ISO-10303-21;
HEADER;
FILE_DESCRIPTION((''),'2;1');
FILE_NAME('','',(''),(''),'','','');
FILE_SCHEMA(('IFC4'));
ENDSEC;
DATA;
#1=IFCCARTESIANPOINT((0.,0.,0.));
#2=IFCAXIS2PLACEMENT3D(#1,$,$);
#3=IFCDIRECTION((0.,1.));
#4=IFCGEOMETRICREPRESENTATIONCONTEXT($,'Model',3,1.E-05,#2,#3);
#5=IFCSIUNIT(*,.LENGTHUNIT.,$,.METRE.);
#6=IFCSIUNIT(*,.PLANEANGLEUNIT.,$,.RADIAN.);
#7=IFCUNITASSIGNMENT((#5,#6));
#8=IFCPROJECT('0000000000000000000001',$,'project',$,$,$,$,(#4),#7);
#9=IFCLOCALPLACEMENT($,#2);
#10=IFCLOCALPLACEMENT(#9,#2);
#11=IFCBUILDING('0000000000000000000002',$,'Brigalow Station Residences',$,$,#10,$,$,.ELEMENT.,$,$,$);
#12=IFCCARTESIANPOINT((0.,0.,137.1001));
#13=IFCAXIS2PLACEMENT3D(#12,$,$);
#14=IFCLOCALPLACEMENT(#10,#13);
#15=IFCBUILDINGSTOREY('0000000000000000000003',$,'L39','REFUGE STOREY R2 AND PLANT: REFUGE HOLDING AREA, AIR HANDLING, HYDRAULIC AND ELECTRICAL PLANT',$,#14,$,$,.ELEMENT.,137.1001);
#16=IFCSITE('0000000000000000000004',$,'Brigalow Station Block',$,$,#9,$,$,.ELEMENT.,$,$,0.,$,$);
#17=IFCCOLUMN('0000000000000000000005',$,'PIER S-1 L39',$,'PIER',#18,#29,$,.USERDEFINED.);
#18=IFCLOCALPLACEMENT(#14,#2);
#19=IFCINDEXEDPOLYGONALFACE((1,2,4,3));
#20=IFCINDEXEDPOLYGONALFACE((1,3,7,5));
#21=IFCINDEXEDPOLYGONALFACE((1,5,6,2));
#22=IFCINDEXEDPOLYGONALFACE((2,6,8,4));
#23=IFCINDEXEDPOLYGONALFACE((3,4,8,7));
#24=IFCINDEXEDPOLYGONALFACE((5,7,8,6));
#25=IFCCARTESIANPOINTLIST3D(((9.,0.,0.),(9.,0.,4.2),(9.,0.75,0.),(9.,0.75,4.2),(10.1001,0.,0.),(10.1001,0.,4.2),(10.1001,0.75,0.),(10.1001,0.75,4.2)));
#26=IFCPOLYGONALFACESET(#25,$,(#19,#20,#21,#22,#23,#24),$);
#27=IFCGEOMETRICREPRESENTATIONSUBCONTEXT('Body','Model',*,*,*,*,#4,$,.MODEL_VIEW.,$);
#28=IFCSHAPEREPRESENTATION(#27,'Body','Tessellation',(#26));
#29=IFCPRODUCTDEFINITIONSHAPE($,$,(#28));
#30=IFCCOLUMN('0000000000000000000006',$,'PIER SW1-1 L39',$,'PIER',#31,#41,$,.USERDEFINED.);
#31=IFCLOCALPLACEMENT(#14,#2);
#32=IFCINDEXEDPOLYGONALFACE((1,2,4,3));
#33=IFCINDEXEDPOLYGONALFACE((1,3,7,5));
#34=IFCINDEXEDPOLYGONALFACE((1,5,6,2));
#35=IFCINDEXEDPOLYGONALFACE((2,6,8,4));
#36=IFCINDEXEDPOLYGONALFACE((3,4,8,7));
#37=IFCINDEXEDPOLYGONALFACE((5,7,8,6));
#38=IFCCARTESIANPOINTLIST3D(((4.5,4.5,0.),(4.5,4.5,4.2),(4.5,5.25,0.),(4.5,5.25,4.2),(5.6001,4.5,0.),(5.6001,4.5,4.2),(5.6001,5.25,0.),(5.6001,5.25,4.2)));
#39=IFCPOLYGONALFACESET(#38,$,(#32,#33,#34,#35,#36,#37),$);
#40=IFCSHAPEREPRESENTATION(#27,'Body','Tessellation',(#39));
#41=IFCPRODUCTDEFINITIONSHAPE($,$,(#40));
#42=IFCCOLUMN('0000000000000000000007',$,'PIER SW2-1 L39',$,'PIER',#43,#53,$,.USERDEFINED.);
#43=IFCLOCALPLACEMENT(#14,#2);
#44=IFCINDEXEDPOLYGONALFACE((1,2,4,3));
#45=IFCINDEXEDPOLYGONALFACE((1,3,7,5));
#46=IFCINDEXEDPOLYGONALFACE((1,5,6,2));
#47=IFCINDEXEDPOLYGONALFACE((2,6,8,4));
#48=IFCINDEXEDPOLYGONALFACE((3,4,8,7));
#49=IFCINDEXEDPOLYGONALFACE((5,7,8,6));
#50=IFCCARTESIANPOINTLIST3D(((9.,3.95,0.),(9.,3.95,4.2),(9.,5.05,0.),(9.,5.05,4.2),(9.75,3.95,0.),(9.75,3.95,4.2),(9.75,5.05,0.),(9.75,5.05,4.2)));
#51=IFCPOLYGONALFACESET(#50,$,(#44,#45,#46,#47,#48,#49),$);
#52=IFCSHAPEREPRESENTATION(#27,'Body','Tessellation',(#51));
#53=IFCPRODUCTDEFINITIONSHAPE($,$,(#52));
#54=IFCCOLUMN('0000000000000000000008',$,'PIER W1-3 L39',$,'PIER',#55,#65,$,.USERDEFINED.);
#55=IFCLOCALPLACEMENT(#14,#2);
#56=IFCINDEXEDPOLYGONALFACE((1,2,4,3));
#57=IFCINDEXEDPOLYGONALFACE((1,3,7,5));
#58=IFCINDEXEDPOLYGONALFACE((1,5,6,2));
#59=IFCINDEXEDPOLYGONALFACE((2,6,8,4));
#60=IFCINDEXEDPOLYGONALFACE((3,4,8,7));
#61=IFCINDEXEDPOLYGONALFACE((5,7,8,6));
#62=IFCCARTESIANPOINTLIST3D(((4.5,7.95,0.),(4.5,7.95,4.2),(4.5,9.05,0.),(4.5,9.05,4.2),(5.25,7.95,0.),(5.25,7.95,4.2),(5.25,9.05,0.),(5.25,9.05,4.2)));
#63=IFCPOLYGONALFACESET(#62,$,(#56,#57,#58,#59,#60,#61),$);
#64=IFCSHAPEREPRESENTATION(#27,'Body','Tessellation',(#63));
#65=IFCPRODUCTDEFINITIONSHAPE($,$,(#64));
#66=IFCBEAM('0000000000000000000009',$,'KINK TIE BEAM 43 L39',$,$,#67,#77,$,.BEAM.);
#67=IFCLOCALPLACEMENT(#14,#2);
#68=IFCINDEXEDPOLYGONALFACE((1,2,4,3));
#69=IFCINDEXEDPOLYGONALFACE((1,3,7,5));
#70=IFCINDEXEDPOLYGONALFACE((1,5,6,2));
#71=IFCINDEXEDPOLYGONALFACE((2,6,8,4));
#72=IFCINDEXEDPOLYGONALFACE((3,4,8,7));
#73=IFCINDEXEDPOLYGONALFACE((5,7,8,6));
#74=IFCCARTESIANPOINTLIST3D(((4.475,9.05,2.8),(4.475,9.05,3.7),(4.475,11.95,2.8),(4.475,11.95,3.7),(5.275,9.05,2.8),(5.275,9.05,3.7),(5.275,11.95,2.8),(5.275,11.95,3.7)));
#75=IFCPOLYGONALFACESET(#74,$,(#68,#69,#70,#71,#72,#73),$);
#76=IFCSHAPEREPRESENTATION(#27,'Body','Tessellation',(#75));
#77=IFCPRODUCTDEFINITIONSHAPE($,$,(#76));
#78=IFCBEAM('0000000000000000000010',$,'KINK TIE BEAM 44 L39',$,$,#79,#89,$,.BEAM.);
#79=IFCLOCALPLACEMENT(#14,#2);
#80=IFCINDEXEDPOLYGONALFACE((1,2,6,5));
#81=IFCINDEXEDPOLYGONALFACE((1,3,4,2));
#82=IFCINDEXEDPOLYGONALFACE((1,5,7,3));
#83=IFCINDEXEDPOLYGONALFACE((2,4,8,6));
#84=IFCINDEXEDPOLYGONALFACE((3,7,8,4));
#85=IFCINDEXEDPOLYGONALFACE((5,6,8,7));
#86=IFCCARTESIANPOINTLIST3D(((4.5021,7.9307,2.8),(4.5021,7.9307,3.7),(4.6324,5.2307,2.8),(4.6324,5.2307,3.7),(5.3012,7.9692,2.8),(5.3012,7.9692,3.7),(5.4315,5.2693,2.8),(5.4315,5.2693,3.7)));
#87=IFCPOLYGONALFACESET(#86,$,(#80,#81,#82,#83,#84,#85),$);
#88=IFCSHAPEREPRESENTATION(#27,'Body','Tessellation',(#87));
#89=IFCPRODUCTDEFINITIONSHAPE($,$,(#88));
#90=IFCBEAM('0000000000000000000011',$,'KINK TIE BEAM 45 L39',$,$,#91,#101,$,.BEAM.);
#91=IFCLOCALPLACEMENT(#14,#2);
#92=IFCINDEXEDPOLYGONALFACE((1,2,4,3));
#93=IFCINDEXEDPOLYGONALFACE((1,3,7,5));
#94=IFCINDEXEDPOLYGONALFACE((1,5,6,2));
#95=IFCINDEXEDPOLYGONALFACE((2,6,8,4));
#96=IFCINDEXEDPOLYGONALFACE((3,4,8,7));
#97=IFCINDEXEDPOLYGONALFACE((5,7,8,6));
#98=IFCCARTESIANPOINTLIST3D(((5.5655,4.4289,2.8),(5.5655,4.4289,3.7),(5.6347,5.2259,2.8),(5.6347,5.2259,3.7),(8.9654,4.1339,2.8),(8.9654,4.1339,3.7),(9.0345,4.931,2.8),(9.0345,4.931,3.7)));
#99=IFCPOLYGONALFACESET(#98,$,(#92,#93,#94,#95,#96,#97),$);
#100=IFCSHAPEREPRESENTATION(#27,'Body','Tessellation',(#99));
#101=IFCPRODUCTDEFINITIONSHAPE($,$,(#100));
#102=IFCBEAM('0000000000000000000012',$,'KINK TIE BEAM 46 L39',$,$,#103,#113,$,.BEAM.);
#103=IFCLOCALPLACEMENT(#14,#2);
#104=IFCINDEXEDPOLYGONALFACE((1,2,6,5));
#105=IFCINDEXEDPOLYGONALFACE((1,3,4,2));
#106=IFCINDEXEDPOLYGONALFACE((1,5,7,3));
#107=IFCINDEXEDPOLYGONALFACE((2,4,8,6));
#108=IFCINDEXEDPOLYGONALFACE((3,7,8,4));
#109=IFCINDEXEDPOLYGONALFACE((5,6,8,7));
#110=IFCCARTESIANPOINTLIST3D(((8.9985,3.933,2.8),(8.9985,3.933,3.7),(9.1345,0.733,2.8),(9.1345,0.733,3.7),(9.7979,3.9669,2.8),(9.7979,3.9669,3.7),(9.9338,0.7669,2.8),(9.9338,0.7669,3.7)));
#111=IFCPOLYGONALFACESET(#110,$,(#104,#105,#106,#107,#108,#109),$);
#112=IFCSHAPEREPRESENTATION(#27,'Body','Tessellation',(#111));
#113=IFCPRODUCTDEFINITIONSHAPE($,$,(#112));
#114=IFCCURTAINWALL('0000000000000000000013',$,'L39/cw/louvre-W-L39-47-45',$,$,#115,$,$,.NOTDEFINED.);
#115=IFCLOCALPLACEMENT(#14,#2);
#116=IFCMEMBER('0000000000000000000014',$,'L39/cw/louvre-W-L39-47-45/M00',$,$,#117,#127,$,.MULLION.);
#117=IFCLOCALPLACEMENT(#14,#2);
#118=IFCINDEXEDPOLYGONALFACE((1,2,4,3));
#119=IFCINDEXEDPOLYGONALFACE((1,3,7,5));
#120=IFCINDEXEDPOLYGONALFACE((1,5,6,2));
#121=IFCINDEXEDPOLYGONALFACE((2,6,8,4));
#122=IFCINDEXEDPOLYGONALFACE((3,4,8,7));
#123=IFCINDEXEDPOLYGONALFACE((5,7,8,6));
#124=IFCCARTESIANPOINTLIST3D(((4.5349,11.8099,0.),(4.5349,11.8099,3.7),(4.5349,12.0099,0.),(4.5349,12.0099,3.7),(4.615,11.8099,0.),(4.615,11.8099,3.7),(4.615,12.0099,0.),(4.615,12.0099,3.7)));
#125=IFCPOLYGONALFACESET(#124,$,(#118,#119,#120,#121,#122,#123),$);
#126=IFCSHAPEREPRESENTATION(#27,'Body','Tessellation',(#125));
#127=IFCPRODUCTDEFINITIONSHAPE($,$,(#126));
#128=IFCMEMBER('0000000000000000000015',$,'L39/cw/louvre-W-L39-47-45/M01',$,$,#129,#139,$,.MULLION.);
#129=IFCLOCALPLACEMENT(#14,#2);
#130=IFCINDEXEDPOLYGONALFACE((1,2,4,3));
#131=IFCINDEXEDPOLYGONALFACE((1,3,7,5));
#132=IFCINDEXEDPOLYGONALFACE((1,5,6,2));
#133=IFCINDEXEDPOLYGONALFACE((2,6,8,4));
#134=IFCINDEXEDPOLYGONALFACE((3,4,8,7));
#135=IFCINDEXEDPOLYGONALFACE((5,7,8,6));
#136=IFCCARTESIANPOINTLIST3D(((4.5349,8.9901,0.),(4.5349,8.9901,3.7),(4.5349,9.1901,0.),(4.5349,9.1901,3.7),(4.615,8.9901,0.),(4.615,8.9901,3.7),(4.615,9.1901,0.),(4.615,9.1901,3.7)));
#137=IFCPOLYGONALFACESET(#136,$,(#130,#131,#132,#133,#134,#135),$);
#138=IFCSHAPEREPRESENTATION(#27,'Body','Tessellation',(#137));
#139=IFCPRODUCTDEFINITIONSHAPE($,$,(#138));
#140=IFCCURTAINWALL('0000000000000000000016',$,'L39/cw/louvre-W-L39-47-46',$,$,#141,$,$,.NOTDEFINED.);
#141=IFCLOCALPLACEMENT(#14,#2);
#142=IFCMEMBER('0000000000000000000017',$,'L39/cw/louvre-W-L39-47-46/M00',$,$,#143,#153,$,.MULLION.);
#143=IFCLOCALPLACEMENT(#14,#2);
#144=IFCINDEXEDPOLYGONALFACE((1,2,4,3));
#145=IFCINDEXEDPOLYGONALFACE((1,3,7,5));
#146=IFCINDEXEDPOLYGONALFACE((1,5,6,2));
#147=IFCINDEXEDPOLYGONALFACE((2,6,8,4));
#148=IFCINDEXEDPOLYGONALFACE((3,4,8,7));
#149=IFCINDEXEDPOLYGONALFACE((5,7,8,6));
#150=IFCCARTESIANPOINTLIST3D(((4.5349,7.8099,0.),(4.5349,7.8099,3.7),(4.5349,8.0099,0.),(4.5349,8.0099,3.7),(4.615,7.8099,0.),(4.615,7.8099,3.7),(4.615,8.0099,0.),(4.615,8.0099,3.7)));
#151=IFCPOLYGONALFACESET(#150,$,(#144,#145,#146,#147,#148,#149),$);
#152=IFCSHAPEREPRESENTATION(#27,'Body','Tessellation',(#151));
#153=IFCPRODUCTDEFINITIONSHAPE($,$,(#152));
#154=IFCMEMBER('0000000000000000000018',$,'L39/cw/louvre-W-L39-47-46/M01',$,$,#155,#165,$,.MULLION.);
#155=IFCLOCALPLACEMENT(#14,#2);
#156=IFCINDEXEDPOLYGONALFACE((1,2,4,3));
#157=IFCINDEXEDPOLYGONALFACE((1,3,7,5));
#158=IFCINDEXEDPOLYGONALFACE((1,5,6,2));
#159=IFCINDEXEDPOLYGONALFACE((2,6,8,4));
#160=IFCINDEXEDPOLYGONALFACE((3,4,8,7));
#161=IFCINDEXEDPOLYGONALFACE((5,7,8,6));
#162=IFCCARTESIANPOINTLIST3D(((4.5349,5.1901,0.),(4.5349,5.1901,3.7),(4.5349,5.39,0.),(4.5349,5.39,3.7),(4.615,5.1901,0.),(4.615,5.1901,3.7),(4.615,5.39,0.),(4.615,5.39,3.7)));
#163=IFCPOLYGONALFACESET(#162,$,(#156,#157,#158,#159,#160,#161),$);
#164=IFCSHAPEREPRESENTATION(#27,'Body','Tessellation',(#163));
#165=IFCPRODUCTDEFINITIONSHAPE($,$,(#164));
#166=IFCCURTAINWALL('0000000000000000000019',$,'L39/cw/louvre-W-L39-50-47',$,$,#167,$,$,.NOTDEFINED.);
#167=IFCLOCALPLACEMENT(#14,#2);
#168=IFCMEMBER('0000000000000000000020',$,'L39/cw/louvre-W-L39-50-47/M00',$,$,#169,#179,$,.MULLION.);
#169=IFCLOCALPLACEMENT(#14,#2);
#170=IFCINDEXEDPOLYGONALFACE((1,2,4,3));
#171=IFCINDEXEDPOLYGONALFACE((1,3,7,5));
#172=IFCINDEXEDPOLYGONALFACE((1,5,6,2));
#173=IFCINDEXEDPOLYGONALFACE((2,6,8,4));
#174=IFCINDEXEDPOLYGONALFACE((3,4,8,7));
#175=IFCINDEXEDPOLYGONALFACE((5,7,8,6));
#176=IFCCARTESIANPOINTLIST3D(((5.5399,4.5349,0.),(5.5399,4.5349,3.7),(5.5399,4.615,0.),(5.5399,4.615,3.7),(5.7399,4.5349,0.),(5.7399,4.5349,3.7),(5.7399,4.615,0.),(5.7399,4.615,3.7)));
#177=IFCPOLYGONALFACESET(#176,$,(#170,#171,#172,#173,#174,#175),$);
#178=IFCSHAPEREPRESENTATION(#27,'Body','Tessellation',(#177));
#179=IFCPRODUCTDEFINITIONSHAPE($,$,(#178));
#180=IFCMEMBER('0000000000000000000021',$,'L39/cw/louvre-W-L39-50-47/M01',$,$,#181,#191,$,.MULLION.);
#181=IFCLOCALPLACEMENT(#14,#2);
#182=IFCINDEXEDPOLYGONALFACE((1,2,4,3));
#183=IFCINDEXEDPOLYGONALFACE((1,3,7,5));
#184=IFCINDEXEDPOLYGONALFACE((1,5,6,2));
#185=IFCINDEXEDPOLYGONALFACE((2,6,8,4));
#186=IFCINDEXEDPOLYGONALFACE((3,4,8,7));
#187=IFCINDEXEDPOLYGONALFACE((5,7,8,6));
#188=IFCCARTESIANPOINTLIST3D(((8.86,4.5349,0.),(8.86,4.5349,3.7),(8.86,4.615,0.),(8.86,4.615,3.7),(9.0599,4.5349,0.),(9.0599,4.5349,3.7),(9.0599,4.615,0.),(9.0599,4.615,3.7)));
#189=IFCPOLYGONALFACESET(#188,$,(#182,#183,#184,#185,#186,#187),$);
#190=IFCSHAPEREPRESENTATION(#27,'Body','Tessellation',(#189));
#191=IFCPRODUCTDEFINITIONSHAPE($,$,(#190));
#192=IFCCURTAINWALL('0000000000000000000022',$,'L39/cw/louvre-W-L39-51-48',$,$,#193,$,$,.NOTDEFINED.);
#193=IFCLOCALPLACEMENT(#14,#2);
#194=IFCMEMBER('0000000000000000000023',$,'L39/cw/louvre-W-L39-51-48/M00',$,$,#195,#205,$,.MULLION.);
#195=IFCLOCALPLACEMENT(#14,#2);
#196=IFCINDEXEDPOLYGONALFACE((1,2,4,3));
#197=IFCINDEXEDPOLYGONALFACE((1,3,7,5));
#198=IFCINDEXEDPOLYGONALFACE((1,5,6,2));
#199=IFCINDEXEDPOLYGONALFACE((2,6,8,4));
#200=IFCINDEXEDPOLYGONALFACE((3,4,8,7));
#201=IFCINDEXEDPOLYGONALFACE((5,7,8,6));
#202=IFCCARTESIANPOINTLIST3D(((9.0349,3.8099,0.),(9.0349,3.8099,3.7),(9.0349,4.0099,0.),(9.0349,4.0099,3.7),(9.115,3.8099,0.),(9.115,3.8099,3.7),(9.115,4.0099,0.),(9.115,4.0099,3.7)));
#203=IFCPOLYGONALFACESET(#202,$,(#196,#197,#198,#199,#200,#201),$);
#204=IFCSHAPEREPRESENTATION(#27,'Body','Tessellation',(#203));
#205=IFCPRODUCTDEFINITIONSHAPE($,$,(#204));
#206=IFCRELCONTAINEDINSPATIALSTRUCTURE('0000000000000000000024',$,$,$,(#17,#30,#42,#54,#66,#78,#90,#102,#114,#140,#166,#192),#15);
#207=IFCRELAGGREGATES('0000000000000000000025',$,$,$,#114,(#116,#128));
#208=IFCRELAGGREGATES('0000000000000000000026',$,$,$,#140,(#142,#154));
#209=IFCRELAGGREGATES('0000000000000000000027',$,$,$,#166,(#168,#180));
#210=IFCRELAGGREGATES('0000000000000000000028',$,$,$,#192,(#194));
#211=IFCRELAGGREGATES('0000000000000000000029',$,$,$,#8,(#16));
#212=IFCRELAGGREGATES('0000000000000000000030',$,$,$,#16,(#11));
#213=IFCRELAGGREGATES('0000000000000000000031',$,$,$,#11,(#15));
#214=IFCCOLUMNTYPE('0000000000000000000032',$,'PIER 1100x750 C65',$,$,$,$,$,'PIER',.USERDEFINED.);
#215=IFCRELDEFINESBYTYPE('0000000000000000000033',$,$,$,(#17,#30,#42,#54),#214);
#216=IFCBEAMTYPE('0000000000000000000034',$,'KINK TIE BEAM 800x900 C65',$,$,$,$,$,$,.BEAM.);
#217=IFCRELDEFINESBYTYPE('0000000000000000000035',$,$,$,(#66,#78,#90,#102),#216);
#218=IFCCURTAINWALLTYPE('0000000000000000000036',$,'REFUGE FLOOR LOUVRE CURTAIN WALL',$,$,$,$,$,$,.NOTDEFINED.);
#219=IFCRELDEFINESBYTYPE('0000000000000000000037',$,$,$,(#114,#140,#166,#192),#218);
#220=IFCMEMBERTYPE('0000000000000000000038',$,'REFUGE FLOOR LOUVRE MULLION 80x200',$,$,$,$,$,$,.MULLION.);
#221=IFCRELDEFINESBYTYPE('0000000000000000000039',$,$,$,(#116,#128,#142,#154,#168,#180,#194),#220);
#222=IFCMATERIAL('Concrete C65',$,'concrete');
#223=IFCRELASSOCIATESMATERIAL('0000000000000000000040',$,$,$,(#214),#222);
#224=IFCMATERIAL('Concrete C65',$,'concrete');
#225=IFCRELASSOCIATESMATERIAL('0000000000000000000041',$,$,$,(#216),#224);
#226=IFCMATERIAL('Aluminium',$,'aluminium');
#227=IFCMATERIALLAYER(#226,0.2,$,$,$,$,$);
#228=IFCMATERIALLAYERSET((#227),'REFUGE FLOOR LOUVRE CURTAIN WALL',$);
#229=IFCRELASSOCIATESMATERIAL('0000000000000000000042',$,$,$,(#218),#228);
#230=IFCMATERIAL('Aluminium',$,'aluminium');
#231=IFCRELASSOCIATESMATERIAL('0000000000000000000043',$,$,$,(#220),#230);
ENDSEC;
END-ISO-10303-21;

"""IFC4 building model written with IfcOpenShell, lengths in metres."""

from ifc_helpers import new_model, si_unit, direction, frame, origin, origin_2d, place, context, subcontext, project, spatial, rectangle, extrude, material, layer, layer_set, material_profile, profile_set, type_object, element, aggregate, save


model = new_model("IFC4")

# Units and contexts
model_context = context("Model", 3, precision=1e-05, world=origin(), true_north=direction((0.0, 1.0)))
body_context = subcontext(model_context, "Body", "Model", "MODEL_VIEW")
ifc_project = project(units=[si_unit("LENGTHUNIT", "METRE"), si_unit("PLANEANGLEUNIT", "RADIAN")], contexts=[model_context])

# Site, building, storey
site_placement = place(None, origin())
site = spatial("IfcSite", under=ifc_project, at=site_placement, Name="Brigalow Station Block", CompositionType="ELEMENT", RefElevation=0.0)
building_placement = place(site_placement, origin())
building = spatial("IfcBuilding", under=site, at=building_placement, Name="Brigalow Station Residences", CompositionType="ELEMENT")
storey_placement = place(building_placement, frame((0.0, 0.0, 137.1001)))
storey = spatial("IfcBuildingStorey", under=building, at=storey_placement, Name="L39", Description="REFUGE STOREY R2 AND PLANT: REFUGE HOLDING AREA, AIR HANDLING, HYDRAULIC AND ELECTRICAL PLANT", CompositionType="ELEMENT", Elevation=137.1001)

# Columns
ifc_material_1 = material(Name="Concrete C65", Category="concrete")
ifc_material_profile_1 = material_profile(ifc_material_1, rectangle(XDim=1.1001, YDim=0.75, at=origin_2d()), Name="RC1100x750")
ifc_profile_set_1 = profile_set([ifc_material_profile_1], Name="Concrete C65")
column_type = type_object("IfcColumnType", Name="PIER 1100x750 C65", ElementType="PIER", PredefinedType="USERDEFINED", material=ifc_profile_set_1)
for number, where, z_axis, x_axis, name in (
    (1, (9.55, 0.375, 0.0), (0.0, 0.0, 1.0), (1.0, 0.0, 0.0), "PIER S-1 L39"),
    (2, (5.05, 4.875, 0.0), (0.0, 0.0, 1.0), (1.0, 0.0, 0.0), "PIER SW1-1 L39"),
    (3, (9.375, 4.5, 0.0), (0.0, 0.0, 1.0), (0.0, -1.0, 0.0), "PIER SW2-1 L39"),
    (4, (4.875, 8.5, 0.0), (0.0, 0.0, 1.0), (0.0, -1.0, 0.0), "PIER W1-3 L39"),
):
    element("IfcColumn", number, at=place(storey_placement, frame(where, z_axis=z_axis, x_axis=x_axis)), inside=storey, type_object=column_type, Name=name, ObjectType="PIER", PredefinedType="USERDEFINED", context=body_context, shape_type="SweptSolid", body=[
        extrude(rectangle(XDim=1.1001, YDim=0.75, at=origin_2d()), origin(), (0.0, 0.0, 1.0), 4.2),
    ])

# Beams
ifc_material_2 = material(Name="Concrete C65", Category="concrete")
ifc_material_profile_2 = material_profile(ifc_material_2, rectangle(XDim=0.8, YDim=0.8999, at=origin_2d()), Name="RC800x900")
ifc_profile_set_2 = profile_set([ifc_material_profile_2], Name="Concrete C65")
beam_type = type_object("IfcBeamType", Name="KINK TIE BEAM 800x900 C65", PredefinedType="BEAM", material=ifc_profile_set_2)
beam_1_placement = place(storey_placement, frame((4.875, 11.95, 3.25), z_axis=(0.0, -1.0, 0.0), x_axis=(1.0, 0.0, 0.0)))
element("IfcBeam", 5, at=beam_1_placement, inside=storey, type_object=beam_type, Name="KINK TIE BEAM 43 L39", PredefinedType="BEAM", context=body_context, shape_type="SweptSolid", body=[
    extrude(rectangle(XDim=0.8, YDim=0.8999, at=origin_2d()), origin(), (0.0, 0.0, 1.0), 2.8999),
])
beam_2_placement = place(storey_placement, frame((4.9016, 7.95, 3.25), z_axis=(0.04823, -0.998836, 0.0), x_axis=(0.998836, 0.04823, 0.0)))
element("IfcBeam", 6, at=beam_2_placement, inside=storey, type_object=beam_type, Name="KINK TIE BEAM 44 L39", PredefinedType="BEAM", context=body_context, shape_type="SweptSolid", body=[
    extrude(rectangle(XDim=0.8, YDim=0.8999, at=origin_2d()), origin(), (0.0, 0.0, 1.0), 2.7031),
])
beam_3_placement = place(storey_placement, frame((5.6001, 4.8274, 3.25), z_axis=(0.996259, -0.08642, 0.0), x_axis=(0.08642, 0.996259, 0.0)))
element("IfcBeam", 7, at=beam_3_placement, inside=storey, type_object=beam_type, Name="KINK TIE BEAM 45 L39", PredefinedType="BEAM", context=body_context, shape_type="SweptSolid", body=[
    extrude(rectangle(XDim=0.8, YDim=0.8999, at=origin_2d()), origin(), (0.0, 0.0, 1.0), 3.4126),
])
beam_4_placement = place(storey_placement, frame((9.3982, 3.95, 3.25), z_axis=(0.042458, -0.999098, 0.0), x_axis=(0.999098, 0.042458, 0.0)))
element("IfcBeam", 8, at=beam_4_placement, inside=storey, type_object=beam_type, Name="KINK TIE BEAM 46 L39", PredefinedType="BEAM", context=body_context, shape_type="SweptSolid", body=[
    extrude(rectangle(XDim=0.8, YDim=0.8999, at=origin_2d()), origin(), (0.0, 0.0, 1.0), 3.2029),
])

# Curtain walls, members
ifc_material_3 = material(Name="Aluminium", Category="aluminium")
ifc_layer_1 = layer(ifc_material_3, 0.2)
ifc_layer_set_1 = layer_set([ifc_layer_1], Name="REFUGE FLOOR LOUVRE CURTAIN WALL")
curtain_wall_type = type_object("IfcCurtainWallType", Name="REFUGE FLOOR LOUVRE CURTAIN WALL", PredefinedType="NOTDEFINED", material=ifc_layer_set_1)
curtain_wall_1_placement = place(storey_placement, origin())
curtain_wall_1 = element("IfcCurtainWall", 9, at=curtain_wall_1_placement, inside=storey, type_object=curtain_wall_type, Name="L39/cw/louvre-W-L39-47-45", PredefinedType="NOTDEFINED")
ifc_material_4 = material(Name="Aluminium", Category="aluminium")
ifc_material_profile_3 = material_profile(ifc_material_4, rectangle(XDim=0.0801, YDim=0.2, at=origin_2d()), Name="REFUGE FLOOR LOUVRE MULLION 80x200")
ifc_profile_set_3 = profile_set([ifc_material_profile_3], Name="Aluminium")
member_type_1 = type_object("IfcMemberType", Name="REFUGE FLOOR LOUVRE MULLION 80x200", PredefinedType="MULLION", material=ifc_profile_set_3)
member_1_placement = place(storey_placement, frame((4.575, 11.9099, 0.0), z_axis=(0.0, 0.0, 1.0), x_axis=(1.0, 0.0, 0.0)))
member_1 = element("IfcMember", 10, at=member_1_placement, type_object=member_type_1, Name="L39/cw/louvre-W-L39-47-45/M00", PredefinedType="MULLION", context=body_context, shape_type="SweptSolid", body=[
    extrude(rectangle(XDim=0.0801, YDim=0.2, at=origin_2d()), origin(), (0.0, 0.0, 1.0), 3.7),
])
member_2_placement = place(storey_placement, frame((4.575, 9.0901, 0.0), z_axis=(0.0, 0.0, 1.0), x_axis=(1.0, 0.0, 0.0)))
member_2 = element("IfcMember", 11, at=member_2_placement, type_object=member_type_1, Name="L39/cw/louvre-W-L39-47-45/M01", PredefinedType="MULLION", context=body_context, shape_type="SweptSolid", body=[
    extrude(rectangle(XDim=0.0801, YDim=0.2, at=origin_2d()), origin(), (0.0, 0.0, 1.0), 3.7),
])
curtain_wall_2_placement = place(storey_placement, origin())
curtain_wall_2 = element("IfcCurtainWall", 12, at=curtain_wall_2_placement, inside=storey, type_object=curtain_wall_type, Name="L39/cw/louvre-W-L39-47-46", PredefinedType="NOTDEFINED")
member_3_placement = place(storey_placement, frame((4.575, 7.9099, 0.0), z_axis=(0.0, 0.0, 1.0), x_axis=(1.0, 0.0, 0.0)))
member_3 = element("IfcMember", 13, at=member_3_placement, type_object=member_type_1, Name="L39/cw/louvre-W-L39-47-46/M00", PredefinedType="MULLION", context=body_context, shape_type="SweptSolid", body=[
    extrude(rectangle(XDim=0.0801, YDim=0.2, at=origin_2d()), origin(), (0.0, 0.0, 1.0), 3.7),
])
member_4_placement = place(storey_placement, frame((4.575, 5.29, 0.0), z_axis=(0.0, 0.0, 1.0), x_axis=(1.0, 0.0, 0.0)))
member_4 = element("IfcMember", 14, at=member_4_placement, type_object=member_type_1, Name="L39/cw/louvre-W-L39-47-46/M01", PredefinedType="MULLION", context=body_context, shape_type="SweptSolid", body=[
    extrude(rectangle(XDim=0.0801, YDim=0.2, at=origin_2d()), origin(), (0.0, 0.0, 1.0), 3.7),
])
curtain_wall_3_placement = place(storey_placement, origin())
curtain_wall_3 = element("IfcCurtainWall", 15, at=curtain_wall_3_placement, inside=storey, type_object=curtain_wall_type, Name="L39/cw/louvre-W-L39-50-47", PredefinedType="NOTDEFINED")
member_5_placement = place(storey_placement, frame((5.6399, 4.575, 0.0), z_axis=(0.0, 0.0, 1.0), x_axis=(0.0, 1.0, 0.0)))
member_5 = element("IfcMember", 16, at=member_5_placement, type_object=member_type_1, Name="L39/cw/louvre-W-L39-50-47/M00", PredefinedType="MULLION", context=body_context, shape_type="SweptSolid", body=[
    extrude(rectangle(XDim=0.0801, YDim=0.2, at=origin_2d()), origin(), (0.0, 0.0, 1.0), 3.7),
])
member_6_placement = place(storey_placement, frame((8.96, 4.575, 0.0), z_axis=(0.0, 0.0, 1.0), x_axis=(0.0, 1.0, 0.0)))
member_6 = element("IfcMember", 17, at=member_6_placement, type_object=member_type_1, Name="L39/cw/louvre-W-L39-50-47/M01", PredefinedType="MULLION", context=body_context, shape_type="SweptSolid", body=[
    extrude(rectangle(XDim=0.0801, YDim=0.2, at=origin_2d()), origin(), (0.0, 0.0, 1.0), 3.7),
])
curtain_wall_4_placement = place(storey_placement, origin())
curtain_wall_4 = element("IfcCurtainWall", 18, at=curtain_wall_4_placement, inside=storey, type_object=curtain_wall_type, Name="L39/cw/louvre-W-L39-51-48", PredefinedType="NOTDEFINED")
member_7_placement = place(storey_placement, frame((9.075, 3.9099, 0.0), z_axis=(0.0, 0.0, 1.0), x_axis=(1.0, 0.0, 0.0)))
member_7 = element("IfcMember", 19, at=member_7_placement, type_object=member_type_1, Name="L39/cw/louvre-W-L39-51-48/M00", PredefinedType="MULLION", context=body_context, shape_type="SweptSolid", body=[
    extrude(rectangle(XDim=0.0801, YDim=0.2, at=origin_2d()), origin(), (0.0, 0.0, 1.0), 3.7),
])

aggregate(curtain_wall_1, [member_1, member_2])
aggregate(curtain_wall_2, [member_3, member_4])
aggregate(curtain_wall_3, [member_5, member_6])
aggregate(curtain_wall_4, [member_7])

save(model, "model.ifc")
